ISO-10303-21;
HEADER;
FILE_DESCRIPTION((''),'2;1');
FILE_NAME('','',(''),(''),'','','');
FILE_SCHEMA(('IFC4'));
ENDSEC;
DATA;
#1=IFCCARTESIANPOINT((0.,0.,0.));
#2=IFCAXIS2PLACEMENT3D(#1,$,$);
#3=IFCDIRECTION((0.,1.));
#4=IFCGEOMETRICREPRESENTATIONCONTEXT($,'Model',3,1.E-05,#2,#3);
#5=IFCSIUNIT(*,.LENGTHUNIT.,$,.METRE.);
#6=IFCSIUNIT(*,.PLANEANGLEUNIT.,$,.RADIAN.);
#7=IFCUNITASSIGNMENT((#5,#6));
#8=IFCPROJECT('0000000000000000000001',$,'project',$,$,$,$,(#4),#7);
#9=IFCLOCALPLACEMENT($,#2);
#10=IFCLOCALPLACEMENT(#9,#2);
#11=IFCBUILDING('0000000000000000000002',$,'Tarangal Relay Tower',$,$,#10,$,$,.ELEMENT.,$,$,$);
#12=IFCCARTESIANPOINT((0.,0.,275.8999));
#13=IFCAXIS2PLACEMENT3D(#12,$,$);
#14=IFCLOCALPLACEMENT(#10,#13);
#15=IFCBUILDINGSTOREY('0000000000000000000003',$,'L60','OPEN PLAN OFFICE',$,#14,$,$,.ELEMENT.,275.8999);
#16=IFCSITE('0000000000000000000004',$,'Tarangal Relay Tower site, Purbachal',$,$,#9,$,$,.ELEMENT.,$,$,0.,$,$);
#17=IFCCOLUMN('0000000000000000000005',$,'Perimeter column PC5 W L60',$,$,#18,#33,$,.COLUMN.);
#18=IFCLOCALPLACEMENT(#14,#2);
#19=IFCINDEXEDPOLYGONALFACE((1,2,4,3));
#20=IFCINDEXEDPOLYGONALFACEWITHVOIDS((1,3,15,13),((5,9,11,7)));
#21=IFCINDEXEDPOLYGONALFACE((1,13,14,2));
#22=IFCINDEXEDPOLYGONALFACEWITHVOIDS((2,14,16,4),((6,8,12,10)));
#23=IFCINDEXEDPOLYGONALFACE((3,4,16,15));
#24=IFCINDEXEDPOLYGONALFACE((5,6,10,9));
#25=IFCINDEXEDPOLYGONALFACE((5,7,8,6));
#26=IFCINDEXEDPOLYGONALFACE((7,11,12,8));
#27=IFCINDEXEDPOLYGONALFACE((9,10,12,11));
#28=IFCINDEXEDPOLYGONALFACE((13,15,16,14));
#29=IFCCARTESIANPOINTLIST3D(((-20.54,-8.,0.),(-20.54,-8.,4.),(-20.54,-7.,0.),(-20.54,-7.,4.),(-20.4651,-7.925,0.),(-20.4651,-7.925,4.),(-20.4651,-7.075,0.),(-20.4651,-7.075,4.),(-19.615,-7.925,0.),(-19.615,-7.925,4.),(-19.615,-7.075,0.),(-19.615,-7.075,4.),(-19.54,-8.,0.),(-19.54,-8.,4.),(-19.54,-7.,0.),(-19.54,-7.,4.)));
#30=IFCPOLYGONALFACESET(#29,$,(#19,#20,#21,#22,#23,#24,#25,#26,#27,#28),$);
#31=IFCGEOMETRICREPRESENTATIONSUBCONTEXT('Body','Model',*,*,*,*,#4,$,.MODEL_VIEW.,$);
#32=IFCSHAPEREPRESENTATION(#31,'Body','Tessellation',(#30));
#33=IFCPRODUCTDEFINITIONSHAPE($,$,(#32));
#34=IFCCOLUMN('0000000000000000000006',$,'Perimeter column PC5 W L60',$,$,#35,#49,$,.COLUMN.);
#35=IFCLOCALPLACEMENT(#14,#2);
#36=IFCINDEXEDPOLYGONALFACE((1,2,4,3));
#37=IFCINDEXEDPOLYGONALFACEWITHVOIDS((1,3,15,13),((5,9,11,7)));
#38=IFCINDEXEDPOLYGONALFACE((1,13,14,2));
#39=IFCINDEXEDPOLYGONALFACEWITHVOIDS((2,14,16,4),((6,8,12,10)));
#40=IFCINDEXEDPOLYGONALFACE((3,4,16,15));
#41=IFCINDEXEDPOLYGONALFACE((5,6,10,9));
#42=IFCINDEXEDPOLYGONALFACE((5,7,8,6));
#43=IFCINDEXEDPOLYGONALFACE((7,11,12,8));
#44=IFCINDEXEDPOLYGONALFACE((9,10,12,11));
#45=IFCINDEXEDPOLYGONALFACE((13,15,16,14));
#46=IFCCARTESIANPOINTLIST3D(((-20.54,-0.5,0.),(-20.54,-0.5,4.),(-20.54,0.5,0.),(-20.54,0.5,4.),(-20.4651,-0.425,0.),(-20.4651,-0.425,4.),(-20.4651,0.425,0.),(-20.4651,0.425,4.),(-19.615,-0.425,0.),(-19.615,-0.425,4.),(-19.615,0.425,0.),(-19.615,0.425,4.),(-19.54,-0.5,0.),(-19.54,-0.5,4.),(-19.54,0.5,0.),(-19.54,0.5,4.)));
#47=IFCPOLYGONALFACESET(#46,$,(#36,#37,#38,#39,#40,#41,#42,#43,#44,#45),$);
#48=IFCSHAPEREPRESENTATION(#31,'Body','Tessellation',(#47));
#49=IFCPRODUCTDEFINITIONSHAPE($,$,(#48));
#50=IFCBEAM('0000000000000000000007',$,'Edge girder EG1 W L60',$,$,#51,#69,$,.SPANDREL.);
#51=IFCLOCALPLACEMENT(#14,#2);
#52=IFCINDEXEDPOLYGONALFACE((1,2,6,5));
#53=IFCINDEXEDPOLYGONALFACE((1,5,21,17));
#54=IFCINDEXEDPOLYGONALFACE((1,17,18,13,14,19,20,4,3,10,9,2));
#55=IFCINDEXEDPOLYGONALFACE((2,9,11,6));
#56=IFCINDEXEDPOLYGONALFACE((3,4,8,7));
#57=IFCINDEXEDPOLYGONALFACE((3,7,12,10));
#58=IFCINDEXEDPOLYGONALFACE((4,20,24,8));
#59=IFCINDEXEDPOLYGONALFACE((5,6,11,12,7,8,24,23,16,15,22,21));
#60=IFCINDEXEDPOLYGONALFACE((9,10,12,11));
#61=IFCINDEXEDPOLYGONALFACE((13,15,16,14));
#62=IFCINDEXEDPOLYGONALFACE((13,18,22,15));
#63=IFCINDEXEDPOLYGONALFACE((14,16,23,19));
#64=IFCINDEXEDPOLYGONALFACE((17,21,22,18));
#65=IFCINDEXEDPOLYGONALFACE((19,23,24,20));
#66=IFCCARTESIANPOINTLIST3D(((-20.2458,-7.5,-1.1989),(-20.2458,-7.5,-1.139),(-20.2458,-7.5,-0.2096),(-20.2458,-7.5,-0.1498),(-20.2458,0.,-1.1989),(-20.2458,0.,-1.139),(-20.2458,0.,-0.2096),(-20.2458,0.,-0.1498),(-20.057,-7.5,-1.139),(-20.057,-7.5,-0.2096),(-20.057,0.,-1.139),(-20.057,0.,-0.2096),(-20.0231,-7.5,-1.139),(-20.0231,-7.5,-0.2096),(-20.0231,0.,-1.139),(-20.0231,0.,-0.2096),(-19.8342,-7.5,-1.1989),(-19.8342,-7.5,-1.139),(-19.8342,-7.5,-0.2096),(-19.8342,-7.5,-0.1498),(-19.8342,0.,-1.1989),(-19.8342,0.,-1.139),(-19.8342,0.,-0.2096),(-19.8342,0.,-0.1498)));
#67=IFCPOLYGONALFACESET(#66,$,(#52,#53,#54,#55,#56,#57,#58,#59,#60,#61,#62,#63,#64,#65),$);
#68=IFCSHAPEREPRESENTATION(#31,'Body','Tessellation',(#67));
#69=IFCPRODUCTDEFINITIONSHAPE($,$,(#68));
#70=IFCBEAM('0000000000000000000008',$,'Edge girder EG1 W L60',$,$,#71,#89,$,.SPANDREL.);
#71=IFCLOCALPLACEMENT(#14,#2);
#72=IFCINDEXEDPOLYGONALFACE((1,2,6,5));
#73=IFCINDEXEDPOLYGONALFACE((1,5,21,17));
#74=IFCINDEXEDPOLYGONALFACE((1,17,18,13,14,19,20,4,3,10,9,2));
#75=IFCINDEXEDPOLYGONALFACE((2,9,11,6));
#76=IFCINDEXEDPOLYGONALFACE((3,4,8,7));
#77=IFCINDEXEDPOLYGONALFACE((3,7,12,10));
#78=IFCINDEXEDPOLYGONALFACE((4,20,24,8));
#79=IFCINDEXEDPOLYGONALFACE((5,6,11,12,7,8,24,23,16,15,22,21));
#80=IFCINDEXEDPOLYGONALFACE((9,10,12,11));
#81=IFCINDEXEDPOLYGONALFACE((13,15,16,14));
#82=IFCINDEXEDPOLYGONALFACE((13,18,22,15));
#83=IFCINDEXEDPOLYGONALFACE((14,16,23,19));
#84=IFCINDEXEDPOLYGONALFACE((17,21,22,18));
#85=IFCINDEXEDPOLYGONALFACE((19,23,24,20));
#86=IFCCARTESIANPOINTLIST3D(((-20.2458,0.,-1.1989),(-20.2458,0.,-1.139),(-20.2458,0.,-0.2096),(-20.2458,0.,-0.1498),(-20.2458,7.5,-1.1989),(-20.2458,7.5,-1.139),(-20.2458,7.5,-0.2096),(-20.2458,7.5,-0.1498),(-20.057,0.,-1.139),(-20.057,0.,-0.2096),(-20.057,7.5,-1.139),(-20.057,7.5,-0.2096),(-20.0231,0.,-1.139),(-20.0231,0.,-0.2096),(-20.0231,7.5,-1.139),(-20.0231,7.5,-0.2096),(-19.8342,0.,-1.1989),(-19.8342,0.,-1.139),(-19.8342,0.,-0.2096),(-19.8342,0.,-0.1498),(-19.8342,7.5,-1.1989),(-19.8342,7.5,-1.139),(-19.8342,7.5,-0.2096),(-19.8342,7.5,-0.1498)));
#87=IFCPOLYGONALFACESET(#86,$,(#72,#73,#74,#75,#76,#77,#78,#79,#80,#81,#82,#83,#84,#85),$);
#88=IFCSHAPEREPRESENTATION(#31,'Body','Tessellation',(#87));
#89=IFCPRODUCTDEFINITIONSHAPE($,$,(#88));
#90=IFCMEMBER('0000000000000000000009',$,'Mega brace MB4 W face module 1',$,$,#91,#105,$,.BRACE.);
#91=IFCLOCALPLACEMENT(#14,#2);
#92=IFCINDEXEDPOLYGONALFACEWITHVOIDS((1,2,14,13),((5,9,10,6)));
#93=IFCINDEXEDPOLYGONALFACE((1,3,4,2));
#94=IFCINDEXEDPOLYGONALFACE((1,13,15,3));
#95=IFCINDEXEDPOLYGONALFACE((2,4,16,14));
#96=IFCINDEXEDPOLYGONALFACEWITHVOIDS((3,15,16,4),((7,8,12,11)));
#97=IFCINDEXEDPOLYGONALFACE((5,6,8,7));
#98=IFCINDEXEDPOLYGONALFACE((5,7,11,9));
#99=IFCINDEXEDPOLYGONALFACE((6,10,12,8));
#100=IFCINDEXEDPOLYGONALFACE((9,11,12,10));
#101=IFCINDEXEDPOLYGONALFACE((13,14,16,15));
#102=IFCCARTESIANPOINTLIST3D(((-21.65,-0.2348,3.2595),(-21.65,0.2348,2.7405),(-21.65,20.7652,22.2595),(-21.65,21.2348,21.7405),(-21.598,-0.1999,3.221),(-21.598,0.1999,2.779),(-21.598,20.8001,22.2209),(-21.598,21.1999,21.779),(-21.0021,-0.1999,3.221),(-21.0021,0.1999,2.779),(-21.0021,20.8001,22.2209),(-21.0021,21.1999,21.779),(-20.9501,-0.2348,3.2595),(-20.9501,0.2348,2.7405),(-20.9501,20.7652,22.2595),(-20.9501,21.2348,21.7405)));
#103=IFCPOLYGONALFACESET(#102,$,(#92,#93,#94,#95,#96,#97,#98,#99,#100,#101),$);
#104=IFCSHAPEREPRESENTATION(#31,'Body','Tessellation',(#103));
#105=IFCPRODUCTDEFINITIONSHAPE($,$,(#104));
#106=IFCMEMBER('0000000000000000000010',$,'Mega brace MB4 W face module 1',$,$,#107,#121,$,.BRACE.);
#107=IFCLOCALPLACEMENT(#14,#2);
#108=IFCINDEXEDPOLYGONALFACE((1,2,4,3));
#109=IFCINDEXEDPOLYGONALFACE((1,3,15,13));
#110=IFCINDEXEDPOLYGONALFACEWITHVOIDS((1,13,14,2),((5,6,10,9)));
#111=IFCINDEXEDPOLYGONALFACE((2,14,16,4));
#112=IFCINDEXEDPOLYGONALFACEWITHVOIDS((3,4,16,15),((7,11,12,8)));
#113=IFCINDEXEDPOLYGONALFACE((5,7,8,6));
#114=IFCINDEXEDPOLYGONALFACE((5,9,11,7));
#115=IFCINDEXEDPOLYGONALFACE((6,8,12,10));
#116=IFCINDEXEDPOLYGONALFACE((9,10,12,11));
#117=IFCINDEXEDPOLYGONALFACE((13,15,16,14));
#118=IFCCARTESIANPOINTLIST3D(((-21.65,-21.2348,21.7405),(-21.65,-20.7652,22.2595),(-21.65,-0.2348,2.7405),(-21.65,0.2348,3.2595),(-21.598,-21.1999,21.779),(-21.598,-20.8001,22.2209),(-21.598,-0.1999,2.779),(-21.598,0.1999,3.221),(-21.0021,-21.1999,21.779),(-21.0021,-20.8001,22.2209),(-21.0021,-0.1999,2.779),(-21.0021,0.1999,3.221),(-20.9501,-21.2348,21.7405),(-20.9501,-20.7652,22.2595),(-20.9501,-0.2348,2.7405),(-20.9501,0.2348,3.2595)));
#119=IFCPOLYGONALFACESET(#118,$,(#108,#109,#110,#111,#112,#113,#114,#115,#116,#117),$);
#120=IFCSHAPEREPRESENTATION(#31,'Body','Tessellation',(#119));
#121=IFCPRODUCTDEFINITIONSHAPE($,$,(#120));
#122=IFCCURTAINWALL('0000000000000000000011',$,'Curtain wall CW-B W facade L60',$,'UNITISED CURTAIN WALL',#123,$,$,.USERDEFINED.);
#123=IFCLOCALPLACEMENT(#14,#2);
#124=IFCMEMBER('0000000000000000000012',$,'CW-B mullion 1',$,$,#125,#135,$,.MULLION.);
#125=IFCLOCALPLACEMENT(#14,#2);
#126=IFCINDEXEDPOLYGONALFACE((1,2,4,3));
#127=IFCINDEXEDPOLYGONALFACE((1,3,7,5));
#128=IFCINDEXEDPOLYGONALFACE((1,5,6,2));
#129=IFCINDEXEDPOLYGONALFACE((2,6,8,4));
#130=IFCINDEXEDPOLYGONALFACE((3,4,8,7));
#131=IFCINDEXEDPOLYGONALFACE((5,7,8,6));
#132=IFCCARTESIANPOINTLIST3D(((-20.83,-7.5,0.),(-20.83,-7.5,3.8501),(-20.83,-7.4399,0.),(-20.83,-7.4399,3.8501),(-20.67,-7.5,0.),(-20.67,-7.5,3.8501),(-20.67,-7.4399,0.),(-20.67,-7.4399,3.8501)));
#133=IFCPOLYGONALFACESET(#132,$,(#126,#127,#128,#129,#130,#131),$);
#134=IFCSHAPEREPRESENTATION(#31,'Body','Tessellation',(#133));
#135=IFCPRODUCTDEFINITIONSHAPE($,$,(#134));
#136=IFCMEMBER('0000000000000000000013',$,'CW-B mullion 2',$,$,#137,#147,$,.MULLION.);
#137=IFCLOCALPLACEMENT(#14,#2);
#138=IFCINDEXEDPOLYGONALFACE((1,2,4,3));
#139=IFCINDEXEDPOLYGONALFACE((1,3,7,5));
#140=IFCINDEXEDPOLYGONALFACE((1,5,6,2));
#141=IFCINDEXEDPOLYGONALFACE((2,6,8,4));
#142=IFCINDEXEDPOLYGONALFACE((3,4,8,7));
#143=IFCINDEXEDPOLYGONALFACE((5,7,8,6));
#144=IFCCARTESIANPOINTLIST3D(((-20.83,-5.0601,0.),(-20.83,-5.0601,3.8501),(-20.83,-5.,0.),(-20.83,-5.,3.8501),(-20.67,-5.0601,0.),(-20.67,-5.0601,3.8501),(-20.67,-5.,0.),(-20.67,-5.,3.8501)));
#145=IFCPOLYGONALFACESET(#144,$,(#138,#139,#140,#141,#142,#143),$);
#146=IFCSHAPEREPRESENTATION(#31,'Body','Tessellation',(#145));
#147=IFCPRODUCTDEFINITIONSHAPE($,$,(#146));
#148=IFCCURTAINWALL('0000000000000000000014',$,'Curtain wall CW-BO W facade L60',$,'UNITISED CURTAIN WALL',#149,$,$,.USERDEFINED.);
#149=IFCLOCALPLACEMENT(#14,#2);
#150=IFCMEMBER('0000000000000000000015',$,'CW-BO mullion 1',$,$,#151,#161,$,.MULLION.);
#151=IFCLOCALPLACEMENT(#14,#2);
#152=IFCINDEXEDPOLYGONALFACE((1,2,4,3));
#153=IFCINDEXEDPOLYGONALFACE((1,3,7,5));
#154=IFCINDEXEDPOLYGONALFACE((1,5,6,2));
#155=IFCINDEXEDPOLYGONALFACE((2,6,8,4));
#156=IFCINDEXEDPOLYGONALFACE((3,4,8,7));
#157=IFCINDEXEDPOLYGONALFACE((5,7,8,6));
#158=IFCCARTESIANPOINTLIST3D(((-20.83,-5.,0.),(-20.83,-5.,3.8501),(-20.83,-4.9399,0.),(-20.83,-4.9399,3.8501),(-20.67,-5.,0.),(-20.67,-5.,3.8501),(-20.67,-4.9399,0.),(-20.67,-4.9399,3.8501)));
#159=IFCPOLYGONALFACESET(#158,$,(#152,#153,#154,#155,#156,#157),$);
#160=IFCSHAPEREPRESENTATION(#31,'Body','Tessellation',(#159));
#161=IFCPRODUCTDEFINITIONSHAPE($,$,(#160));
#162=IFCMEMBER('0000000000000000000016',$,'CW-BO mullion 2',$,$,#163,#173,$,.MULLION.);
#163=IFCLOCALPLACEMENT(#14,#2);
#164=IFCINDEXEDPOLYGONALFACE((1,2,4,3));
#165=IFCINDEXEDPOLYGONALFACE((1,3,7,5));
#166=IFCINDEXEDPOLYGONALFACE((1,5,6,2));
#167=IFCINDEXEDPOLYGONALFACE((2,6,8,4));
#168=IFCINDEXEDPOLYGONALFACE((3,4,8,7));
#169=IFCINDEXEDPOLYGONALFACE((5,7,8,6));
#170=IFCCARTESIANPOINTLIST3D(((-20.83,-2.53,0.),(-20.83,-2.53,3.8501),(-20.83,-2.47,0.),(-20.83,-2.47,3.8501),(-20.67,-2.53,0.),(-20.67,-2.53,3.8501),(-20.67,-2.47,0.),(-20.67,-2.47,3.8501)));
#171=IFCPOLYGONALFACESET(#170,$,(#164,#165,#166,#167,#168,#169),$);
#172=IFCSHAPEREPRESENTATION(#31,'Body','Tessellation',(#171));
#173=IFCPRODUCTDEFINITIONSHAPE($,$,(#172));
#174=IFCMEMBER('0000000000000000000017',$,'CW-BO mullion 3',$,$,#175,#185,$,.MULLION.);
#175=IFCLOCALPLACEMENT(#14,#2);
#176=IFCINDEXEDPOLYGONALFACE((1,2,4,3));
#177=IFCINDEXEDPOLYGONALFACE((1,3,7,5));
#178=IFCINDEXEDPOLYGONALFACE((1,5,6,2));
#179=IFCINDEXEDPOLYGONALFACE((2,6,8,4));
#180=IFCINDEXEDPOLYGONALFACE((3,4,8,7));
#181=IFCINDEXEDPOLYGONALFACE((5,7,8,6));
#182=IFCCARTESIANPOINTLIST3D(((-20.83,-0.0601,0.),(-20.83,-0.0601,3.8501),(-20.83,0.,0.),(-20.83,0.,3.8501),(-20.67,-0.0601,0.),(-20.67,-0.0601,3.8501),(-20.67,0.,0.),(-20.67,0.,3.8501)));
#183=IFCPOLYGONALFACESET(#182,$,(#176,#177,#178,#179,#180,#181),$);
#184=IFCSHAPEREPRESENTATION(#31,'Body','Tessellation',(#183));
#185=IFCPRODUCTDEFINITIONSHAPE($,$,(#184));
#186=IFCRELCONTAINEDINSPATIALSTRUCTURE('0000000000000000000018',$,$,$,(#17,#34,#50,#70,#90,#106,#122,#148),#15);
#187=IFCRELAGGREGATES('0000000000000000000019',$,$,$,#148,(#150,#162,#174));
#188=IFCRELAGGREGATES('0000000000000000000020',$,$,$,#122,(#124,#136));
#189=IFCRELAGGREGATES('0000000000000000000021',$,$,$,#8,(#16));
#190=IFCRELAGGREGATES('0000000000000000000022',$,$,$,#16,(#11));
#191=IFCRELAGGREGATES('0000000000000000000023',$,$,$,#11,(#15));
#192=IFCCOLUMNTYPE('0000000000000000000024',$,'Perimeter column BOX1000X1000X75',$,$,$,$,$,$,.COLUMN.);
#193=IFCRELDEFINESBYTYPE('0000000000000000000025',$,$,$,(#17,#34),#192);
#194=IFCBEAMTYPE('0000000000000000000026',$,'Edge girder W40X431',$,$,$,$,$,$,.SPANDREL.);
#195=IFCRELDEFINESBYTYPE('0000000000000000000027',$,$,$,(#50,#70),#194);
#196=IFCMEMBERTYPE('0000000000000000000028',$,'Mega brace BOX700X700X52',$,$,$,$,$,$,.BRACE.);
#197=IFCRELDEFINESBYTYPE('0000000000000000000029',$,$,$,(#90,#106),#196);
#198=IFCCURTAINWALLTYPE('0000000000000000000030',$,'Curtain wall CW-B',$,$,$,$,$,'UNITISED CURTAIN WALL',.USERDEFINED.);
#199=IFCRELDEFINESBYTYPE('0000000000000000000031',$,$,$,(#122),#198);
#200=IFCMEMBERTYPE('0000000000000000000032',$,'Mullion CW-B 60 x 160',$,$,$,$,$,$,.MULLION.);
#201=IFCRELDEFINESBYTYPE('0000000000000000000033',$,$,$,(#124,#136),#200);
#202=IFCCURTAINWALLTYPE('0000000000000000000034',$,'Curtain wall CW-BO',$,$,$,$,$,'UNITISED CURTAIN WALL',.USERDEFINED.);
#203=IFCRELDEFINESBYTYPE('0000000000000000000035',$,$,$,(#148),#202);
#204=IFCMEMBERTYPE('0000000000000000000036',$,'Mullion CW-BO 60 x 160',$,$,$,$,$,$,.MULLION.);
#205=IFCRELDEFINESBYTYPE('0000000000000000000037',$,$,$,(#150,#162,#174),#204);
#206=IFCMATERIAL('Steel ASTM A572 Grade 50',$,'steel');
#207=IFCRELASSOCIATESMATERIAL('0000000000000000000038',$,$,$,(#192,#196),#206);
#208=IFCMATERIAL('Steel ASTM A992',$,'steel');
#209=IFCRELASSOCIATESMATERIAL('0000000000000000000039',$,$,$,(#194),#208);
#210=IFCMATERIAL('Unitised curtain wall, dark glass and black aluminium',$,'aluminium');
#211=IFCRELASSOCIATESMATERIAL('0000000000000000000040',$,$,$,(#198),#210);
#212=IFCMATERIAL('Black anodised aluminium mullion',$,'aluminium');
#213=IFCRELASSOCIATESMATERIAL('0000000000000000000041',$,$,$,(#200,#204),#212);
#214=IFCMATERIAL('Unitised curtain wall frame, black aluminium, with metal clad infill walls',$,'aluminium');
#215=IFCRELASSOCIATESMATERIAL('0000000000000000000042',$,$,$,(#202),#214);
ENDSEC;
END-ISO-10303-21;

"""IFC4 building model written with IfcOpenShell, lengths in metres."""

from ifc_helpers import new_model, si_unit, direction, frame, origin, origin_2d, place, context, subcontext, project, spatial, rectangle, hollow_rectangle, i_section, extrude, material, material_profile, profile_set, type_object, element, aggregate, save


model = new_model("IFC4")

# Units and contexts
model_context = context("Model", 3, precision=1e-05, world=origin(), true_north=direction((0.0, 1.0)))
body_context = subcontext(model_context, "Body", "Model", "MODEL_VIEW")
ifc_project = project(units=[si_unit("LENGTHUNIT", "METRE"), si_unit("PLANEANGLEUNIT", "RADIAN")], contexts=[model_context])

# Site, building, storey
site_placement = place(None, origin())
site = spatial("IfcSite", under=ifc_project, at=site_placement, Name="Tarangal Relay Tower site, Purbachal", CompositionType="ELEMENT", RefElevation=0.0)
building_placement = place(site_placement, origin())
building = spatial("IfcBuilding", under=site, at=building_placement, Name="Tarangal Relay Tower", CompositionType="ELEMENT")
storey_placement = place(building_placement, frame((0.0, 0.0, 275.8999)))
storey = spatial("IfcBuildingStorey", under=building, at=storey_placement, Name="L60", Description="OPEN PLAN OFFICE", CompositionType="ELEMENT", Elevation=275.8999)

# Columns
ifc_material_1 = material(Name="Steel ASTM A572 Grade 50", Category="steel")
ifc_material_profile_1 = material_profile(ifc_material_1, hollow_rectangle(XDim=1.0, YDim=1.0, WallThickness=0.075, at=origin_2d()), Name="BOX1000X1000X75")
ifc_profile_set_1 = profile_set([ifc_material_profile_1], Name="Steel ASTM A572 Grade 50")
column_type = type_object("IfcColumnType", Name="Perimeter column BOX1000X1000X75", PredefinedType="COLUMN", material=ifc_profile_set_1)
for number, where, z_axis, x_axis, name in (
    (1, (-20.04, -7.5, 0.0), (0.0, 0.0, 1.0), (1.0, 0.0, 0.0), "Perimeter column PC5 W L60"),
    (2, (-20.04, 0.0, 0.0), (0.0, 0.0, 1.0), (1.0, 0.0, 0.0), "Perimeter column PC5 W L60"),
):
    element("IfcColumn", number, at=place(storey_placement, frame(where, z_axis=z_axis, x_axis=x_axis)), inside=storey, type_object=column_type, Name=name, PredefinedType="COLUMN", context=body_context, shape_type="SweptSolid", body=[
        extrude(hollow_rectangle(XDim=1.0, YDim=1.0, WallThickness=0.075, at=origin_2d()), origin(), (0.0, 0.0, 1.0), 4.0),
    ])

# Beams
ifc_material_2 = material(Name="Steel ASTM A992", Category="steel")
ifc_material_profile_2 = material_profile(ifc_material_2, i_section(OverallWidth=0.4116, OverallDepth=1.0491, WebThickness=0.0339, FlangeThickness=0.0598, at=origin_2d()), Name="W40X431")
ifc_profile_set_2 = profile_set([ifc_material_profile_2], Name="Steel ASTM A992")
beam_type = type_object("IfcBeamType", Name="Edge girder W40X431", PredefinedType="SPANDREL", material=ifc_profile_set_2)
for number, where, z_axis, x_axis, name in (
    (3, (-20.04, -7.5, -0.6743), (0.0, 1.0, 0.0), (-1.0, 0.0, 0.0), "Edge girder EG1 W L60"),
    (4, (-20.04, 0.0, -0.6743), (0.0, 1.0, 0.0), (-1.0, 0.0, 0.0), "Edge girder EG1 W L60"),
):
    element("IfcBeam", number, at=place(storey_placement, frame(where, z_axis=z_axis, x_axis=x_axis)), inside=storey, type_object=beam_type, Name=name, PredefinedType="SPANDREL", context=body_context, shape_type="SweptSolid", body=[
        extrude(i_section(OverallWidth=0.4116, OverallDepth=1.0491, WebThickness=0.0339, FlangeThickness=0.0598, at=origin_2d()), origin(), (0.0, 0.0, 1.0), 7.5),
    ])

# Members
ifc_material_profile_3 = material_profile(ifc_material_1, hollow_rectangle(XDim=0.7, YDim=0.7, WallThickness=0.052, at=origin_2d()), Name="BOX700X700X52")
ifc_profile_set_3 = profile_set([ifc_material_profile_3], Name="Steel ASTM A572 Grade 50")
member_type_1 = type_object("IfcMemberType", Name="Mega brace BOX700X700X52", PredefinedType="BRACE", material=ifc_profile_set_3)
for number, where, z_axis, x_axis, name in (
    (5, (-21.3, 0.0, 3.0), (0.0, 0.741536, 0.670913), (-1.0, 0.0, 0.0), "Mega brace MB4 W face module 1"),
    (6, (-21.3, 0.0, 3.0), (0.0, -0.741536, 0.670913), (1.0, 0.0, 0.0), "Mega brace MB4 W face module 1"),
):
    element("IfcMember", number, at=place(storey_placement, frame(where, z_axis=z_axis, x_axis=x_axis)), inside=storey, type_object=member_type_1, Name=name, PredefinedType="BRACE", context=body_context, shape_type="SweptSolid", body=[
        extrude(hollow_rectangle(XDim=0.7, YDim=0.7, WallThickness=0.052, at=origin_2d()), origin(), (0.0, 0.0, 1.0), 28.3196),
    ])

# Curtain walls, members
ifc_material_3 = material(Name="Unitised curtain wall, dark glass and black aluminium", Category="aluminium")
curtain_wall_type_1 = type_object("IfcCurtainWallType", Name="Curtain wall CW-B", ElementType="UNITISED CURTAIN WALL", PredefinedType="USERDEFINED", material=ifc_material_3)
curtain_wall_1_placement = place(storey_placement, origin())
curtain_wall_1 = element("IfcCurtainWall", 7, at=curtain_wall_1_placement, inside=storey, type_object=curtain_wall_type_1, Name="Curtain wall CW-B W facade L60", ObjectType="UNITISED CURTAIN WALL", PredefinedType="USERDEFINED")
ifc_material_4 = material(Name="Black anodised aluminium mullion", Category="aluminium")
ifc_material_profile_4 = material_profile(ifc_material_4, rectangle(XDim=0.1599, YDim=0.0601, at=origin_2d()), Name="CW-BM 60X160")
ifc_profile_set_4 = profile_set([ifc_material_profile_4], Name="Black anodised aluminium mullion")
member_type_2 = type_object("IfcMemberType", Name="Mullion CW-B 60 x 160", PredefinedType="MULLION", material=ifc_profile_set_4)
member_1_placement = place(storey_placement, frame((-20.75, -7.47, 0.0), z_axis=(0.0, 0.0, 1.0), x_axis=(-1.0, 0.0, 0.0)))
member_1 = element("IfcMember", 8, at=member_1_placement, type_object=member_type_2, Name="CW-B mullion 1", PredefinedType="MULLION", context=body_context, shape_type="SweptSolid", body=[
    extrude(rectangle(XDim=0.1599, YDim=0.0601, at=origin_2d()), origin(), (0.0, 0.0, 1.0), 3.8501),
])
member_2_placement = place(storey_placement, frame((-20.75, -5.03, 0.0), z_axis=(0.0, 0.0, 1.0), x_axis=(-1.0, 0.0, 0.0)))
member_2 = element("IfcMember", 9, at=member_2_placement, type_object=member_type_2, Name="CW-B mullion 2", PredefinedType="MULLION", context=body_context, shape_type="SweptSolid", body=[
    extrude(rectangle(XDim=0.1599, YDim=0.0601, at=origin_2d()), origin(), (0.0, 0.0, 1.0), 3.8501),
])
ifc_material_5 = material(Name="Unitised curtain wall frame, black aluminium, with metal clad infill walls", Category="aluminium")
curtain_wall_type_2 = type_object("IfcCurtainWallType", Name="Curtain wall CW-BO", ElementType="UNITISED CURTAIN WALL", PredefinedType="USERDEFINED", material=ifc_material_5)
curtain_wall_2_placement = place(storey_placement, origin())
curtain_wall_2 = element("IfcCurtainWall", 10, at=curtain_wall_2_placement, inside=storey, type_object=curtain_wall_type_2, Name="Curtain wall CW-BO W facade L60", ObjectType="UNITISED CURTAIN WALL", PredefinedType="USERDEFINED")
ifc_material_profile_5 = material_profile(ifc_material_4, rectangle(XDim=0.1599, YDim=0.0601, at=origin_2d()), Name="CW-BOM 60X160")
ifc_profile_set_5 = profile_set([ifc_material_profile_5], Name="Black anodised aluminium mullion")
member_type_3 = type_object("IfcMemberType", Name="Mullion CW-BO 60 x 160", PredefinedType="MULLION", material=ifc_profile_set_5)
member_3_placement = place(storey_placement, frame((-20.75, -4.97, 0.0), z_axis=(0.0, 0.0, 1.0), x_axis=(-1.0, 0.0, 0.0)))
member_3 = element("IfcMember", 11, at=member_3_placement, type_object=member_type_3, Name="CW-BO mullion 1", PredefinedType="MULLION", context=body_context, shape_type="SweptSolid", body=[
    extrude(rectangle(XDim=0.1599, YDim=0.0601, at=origin_2d()), origin(), (0.0, 0.0, 1.0), 3.8501),
])
member_4_placement = place(storey_placement, frame((-20.75, -2.5, 0.0), z_axis=(0.0, 0.0, 1.0), x_axis=(-1.0, 0.0, 0.0)))
member_4 = element("IfcMember", 12, at=member_4_placement, type_object=member_type_3, Name="CW-BO mullion 2", PredefinedType="MULLION", context=body_context, shape_type="SweptSolid", body=[
    extrude(rectangle(XDim=0.1599, YDim=0.0601, at=origin_2d()), origin(), (0.0, 0.0, 1.0), 3.8501),
])
member_5_placement = place(storey_placement, frame((-20.75, -0.03, 0.0), z_axis=(0.0, 0.0, 1.0), x_axis=(-1.0, 0.0, 0.0)))
member_5 = element("IfcMember", 13, at=member_5_placement, type_object=member_type_3, Name="CW-BO mullion 3", PredefinedType="MULLION", context=body_context, shape_type="SweptSolid", body=[
    extrude(rectangle(XDim=0.1599, YDim=0.0601, at=origin_2d()), origin(), (0.0, 0.0, 1.0), 3.8501),
])

aggregate(curtain_wall_2, [member_3, member_4, member_5])

aggregate(curtain_wall_1, [member_1, member_2])

save(model, "model.ifc")
